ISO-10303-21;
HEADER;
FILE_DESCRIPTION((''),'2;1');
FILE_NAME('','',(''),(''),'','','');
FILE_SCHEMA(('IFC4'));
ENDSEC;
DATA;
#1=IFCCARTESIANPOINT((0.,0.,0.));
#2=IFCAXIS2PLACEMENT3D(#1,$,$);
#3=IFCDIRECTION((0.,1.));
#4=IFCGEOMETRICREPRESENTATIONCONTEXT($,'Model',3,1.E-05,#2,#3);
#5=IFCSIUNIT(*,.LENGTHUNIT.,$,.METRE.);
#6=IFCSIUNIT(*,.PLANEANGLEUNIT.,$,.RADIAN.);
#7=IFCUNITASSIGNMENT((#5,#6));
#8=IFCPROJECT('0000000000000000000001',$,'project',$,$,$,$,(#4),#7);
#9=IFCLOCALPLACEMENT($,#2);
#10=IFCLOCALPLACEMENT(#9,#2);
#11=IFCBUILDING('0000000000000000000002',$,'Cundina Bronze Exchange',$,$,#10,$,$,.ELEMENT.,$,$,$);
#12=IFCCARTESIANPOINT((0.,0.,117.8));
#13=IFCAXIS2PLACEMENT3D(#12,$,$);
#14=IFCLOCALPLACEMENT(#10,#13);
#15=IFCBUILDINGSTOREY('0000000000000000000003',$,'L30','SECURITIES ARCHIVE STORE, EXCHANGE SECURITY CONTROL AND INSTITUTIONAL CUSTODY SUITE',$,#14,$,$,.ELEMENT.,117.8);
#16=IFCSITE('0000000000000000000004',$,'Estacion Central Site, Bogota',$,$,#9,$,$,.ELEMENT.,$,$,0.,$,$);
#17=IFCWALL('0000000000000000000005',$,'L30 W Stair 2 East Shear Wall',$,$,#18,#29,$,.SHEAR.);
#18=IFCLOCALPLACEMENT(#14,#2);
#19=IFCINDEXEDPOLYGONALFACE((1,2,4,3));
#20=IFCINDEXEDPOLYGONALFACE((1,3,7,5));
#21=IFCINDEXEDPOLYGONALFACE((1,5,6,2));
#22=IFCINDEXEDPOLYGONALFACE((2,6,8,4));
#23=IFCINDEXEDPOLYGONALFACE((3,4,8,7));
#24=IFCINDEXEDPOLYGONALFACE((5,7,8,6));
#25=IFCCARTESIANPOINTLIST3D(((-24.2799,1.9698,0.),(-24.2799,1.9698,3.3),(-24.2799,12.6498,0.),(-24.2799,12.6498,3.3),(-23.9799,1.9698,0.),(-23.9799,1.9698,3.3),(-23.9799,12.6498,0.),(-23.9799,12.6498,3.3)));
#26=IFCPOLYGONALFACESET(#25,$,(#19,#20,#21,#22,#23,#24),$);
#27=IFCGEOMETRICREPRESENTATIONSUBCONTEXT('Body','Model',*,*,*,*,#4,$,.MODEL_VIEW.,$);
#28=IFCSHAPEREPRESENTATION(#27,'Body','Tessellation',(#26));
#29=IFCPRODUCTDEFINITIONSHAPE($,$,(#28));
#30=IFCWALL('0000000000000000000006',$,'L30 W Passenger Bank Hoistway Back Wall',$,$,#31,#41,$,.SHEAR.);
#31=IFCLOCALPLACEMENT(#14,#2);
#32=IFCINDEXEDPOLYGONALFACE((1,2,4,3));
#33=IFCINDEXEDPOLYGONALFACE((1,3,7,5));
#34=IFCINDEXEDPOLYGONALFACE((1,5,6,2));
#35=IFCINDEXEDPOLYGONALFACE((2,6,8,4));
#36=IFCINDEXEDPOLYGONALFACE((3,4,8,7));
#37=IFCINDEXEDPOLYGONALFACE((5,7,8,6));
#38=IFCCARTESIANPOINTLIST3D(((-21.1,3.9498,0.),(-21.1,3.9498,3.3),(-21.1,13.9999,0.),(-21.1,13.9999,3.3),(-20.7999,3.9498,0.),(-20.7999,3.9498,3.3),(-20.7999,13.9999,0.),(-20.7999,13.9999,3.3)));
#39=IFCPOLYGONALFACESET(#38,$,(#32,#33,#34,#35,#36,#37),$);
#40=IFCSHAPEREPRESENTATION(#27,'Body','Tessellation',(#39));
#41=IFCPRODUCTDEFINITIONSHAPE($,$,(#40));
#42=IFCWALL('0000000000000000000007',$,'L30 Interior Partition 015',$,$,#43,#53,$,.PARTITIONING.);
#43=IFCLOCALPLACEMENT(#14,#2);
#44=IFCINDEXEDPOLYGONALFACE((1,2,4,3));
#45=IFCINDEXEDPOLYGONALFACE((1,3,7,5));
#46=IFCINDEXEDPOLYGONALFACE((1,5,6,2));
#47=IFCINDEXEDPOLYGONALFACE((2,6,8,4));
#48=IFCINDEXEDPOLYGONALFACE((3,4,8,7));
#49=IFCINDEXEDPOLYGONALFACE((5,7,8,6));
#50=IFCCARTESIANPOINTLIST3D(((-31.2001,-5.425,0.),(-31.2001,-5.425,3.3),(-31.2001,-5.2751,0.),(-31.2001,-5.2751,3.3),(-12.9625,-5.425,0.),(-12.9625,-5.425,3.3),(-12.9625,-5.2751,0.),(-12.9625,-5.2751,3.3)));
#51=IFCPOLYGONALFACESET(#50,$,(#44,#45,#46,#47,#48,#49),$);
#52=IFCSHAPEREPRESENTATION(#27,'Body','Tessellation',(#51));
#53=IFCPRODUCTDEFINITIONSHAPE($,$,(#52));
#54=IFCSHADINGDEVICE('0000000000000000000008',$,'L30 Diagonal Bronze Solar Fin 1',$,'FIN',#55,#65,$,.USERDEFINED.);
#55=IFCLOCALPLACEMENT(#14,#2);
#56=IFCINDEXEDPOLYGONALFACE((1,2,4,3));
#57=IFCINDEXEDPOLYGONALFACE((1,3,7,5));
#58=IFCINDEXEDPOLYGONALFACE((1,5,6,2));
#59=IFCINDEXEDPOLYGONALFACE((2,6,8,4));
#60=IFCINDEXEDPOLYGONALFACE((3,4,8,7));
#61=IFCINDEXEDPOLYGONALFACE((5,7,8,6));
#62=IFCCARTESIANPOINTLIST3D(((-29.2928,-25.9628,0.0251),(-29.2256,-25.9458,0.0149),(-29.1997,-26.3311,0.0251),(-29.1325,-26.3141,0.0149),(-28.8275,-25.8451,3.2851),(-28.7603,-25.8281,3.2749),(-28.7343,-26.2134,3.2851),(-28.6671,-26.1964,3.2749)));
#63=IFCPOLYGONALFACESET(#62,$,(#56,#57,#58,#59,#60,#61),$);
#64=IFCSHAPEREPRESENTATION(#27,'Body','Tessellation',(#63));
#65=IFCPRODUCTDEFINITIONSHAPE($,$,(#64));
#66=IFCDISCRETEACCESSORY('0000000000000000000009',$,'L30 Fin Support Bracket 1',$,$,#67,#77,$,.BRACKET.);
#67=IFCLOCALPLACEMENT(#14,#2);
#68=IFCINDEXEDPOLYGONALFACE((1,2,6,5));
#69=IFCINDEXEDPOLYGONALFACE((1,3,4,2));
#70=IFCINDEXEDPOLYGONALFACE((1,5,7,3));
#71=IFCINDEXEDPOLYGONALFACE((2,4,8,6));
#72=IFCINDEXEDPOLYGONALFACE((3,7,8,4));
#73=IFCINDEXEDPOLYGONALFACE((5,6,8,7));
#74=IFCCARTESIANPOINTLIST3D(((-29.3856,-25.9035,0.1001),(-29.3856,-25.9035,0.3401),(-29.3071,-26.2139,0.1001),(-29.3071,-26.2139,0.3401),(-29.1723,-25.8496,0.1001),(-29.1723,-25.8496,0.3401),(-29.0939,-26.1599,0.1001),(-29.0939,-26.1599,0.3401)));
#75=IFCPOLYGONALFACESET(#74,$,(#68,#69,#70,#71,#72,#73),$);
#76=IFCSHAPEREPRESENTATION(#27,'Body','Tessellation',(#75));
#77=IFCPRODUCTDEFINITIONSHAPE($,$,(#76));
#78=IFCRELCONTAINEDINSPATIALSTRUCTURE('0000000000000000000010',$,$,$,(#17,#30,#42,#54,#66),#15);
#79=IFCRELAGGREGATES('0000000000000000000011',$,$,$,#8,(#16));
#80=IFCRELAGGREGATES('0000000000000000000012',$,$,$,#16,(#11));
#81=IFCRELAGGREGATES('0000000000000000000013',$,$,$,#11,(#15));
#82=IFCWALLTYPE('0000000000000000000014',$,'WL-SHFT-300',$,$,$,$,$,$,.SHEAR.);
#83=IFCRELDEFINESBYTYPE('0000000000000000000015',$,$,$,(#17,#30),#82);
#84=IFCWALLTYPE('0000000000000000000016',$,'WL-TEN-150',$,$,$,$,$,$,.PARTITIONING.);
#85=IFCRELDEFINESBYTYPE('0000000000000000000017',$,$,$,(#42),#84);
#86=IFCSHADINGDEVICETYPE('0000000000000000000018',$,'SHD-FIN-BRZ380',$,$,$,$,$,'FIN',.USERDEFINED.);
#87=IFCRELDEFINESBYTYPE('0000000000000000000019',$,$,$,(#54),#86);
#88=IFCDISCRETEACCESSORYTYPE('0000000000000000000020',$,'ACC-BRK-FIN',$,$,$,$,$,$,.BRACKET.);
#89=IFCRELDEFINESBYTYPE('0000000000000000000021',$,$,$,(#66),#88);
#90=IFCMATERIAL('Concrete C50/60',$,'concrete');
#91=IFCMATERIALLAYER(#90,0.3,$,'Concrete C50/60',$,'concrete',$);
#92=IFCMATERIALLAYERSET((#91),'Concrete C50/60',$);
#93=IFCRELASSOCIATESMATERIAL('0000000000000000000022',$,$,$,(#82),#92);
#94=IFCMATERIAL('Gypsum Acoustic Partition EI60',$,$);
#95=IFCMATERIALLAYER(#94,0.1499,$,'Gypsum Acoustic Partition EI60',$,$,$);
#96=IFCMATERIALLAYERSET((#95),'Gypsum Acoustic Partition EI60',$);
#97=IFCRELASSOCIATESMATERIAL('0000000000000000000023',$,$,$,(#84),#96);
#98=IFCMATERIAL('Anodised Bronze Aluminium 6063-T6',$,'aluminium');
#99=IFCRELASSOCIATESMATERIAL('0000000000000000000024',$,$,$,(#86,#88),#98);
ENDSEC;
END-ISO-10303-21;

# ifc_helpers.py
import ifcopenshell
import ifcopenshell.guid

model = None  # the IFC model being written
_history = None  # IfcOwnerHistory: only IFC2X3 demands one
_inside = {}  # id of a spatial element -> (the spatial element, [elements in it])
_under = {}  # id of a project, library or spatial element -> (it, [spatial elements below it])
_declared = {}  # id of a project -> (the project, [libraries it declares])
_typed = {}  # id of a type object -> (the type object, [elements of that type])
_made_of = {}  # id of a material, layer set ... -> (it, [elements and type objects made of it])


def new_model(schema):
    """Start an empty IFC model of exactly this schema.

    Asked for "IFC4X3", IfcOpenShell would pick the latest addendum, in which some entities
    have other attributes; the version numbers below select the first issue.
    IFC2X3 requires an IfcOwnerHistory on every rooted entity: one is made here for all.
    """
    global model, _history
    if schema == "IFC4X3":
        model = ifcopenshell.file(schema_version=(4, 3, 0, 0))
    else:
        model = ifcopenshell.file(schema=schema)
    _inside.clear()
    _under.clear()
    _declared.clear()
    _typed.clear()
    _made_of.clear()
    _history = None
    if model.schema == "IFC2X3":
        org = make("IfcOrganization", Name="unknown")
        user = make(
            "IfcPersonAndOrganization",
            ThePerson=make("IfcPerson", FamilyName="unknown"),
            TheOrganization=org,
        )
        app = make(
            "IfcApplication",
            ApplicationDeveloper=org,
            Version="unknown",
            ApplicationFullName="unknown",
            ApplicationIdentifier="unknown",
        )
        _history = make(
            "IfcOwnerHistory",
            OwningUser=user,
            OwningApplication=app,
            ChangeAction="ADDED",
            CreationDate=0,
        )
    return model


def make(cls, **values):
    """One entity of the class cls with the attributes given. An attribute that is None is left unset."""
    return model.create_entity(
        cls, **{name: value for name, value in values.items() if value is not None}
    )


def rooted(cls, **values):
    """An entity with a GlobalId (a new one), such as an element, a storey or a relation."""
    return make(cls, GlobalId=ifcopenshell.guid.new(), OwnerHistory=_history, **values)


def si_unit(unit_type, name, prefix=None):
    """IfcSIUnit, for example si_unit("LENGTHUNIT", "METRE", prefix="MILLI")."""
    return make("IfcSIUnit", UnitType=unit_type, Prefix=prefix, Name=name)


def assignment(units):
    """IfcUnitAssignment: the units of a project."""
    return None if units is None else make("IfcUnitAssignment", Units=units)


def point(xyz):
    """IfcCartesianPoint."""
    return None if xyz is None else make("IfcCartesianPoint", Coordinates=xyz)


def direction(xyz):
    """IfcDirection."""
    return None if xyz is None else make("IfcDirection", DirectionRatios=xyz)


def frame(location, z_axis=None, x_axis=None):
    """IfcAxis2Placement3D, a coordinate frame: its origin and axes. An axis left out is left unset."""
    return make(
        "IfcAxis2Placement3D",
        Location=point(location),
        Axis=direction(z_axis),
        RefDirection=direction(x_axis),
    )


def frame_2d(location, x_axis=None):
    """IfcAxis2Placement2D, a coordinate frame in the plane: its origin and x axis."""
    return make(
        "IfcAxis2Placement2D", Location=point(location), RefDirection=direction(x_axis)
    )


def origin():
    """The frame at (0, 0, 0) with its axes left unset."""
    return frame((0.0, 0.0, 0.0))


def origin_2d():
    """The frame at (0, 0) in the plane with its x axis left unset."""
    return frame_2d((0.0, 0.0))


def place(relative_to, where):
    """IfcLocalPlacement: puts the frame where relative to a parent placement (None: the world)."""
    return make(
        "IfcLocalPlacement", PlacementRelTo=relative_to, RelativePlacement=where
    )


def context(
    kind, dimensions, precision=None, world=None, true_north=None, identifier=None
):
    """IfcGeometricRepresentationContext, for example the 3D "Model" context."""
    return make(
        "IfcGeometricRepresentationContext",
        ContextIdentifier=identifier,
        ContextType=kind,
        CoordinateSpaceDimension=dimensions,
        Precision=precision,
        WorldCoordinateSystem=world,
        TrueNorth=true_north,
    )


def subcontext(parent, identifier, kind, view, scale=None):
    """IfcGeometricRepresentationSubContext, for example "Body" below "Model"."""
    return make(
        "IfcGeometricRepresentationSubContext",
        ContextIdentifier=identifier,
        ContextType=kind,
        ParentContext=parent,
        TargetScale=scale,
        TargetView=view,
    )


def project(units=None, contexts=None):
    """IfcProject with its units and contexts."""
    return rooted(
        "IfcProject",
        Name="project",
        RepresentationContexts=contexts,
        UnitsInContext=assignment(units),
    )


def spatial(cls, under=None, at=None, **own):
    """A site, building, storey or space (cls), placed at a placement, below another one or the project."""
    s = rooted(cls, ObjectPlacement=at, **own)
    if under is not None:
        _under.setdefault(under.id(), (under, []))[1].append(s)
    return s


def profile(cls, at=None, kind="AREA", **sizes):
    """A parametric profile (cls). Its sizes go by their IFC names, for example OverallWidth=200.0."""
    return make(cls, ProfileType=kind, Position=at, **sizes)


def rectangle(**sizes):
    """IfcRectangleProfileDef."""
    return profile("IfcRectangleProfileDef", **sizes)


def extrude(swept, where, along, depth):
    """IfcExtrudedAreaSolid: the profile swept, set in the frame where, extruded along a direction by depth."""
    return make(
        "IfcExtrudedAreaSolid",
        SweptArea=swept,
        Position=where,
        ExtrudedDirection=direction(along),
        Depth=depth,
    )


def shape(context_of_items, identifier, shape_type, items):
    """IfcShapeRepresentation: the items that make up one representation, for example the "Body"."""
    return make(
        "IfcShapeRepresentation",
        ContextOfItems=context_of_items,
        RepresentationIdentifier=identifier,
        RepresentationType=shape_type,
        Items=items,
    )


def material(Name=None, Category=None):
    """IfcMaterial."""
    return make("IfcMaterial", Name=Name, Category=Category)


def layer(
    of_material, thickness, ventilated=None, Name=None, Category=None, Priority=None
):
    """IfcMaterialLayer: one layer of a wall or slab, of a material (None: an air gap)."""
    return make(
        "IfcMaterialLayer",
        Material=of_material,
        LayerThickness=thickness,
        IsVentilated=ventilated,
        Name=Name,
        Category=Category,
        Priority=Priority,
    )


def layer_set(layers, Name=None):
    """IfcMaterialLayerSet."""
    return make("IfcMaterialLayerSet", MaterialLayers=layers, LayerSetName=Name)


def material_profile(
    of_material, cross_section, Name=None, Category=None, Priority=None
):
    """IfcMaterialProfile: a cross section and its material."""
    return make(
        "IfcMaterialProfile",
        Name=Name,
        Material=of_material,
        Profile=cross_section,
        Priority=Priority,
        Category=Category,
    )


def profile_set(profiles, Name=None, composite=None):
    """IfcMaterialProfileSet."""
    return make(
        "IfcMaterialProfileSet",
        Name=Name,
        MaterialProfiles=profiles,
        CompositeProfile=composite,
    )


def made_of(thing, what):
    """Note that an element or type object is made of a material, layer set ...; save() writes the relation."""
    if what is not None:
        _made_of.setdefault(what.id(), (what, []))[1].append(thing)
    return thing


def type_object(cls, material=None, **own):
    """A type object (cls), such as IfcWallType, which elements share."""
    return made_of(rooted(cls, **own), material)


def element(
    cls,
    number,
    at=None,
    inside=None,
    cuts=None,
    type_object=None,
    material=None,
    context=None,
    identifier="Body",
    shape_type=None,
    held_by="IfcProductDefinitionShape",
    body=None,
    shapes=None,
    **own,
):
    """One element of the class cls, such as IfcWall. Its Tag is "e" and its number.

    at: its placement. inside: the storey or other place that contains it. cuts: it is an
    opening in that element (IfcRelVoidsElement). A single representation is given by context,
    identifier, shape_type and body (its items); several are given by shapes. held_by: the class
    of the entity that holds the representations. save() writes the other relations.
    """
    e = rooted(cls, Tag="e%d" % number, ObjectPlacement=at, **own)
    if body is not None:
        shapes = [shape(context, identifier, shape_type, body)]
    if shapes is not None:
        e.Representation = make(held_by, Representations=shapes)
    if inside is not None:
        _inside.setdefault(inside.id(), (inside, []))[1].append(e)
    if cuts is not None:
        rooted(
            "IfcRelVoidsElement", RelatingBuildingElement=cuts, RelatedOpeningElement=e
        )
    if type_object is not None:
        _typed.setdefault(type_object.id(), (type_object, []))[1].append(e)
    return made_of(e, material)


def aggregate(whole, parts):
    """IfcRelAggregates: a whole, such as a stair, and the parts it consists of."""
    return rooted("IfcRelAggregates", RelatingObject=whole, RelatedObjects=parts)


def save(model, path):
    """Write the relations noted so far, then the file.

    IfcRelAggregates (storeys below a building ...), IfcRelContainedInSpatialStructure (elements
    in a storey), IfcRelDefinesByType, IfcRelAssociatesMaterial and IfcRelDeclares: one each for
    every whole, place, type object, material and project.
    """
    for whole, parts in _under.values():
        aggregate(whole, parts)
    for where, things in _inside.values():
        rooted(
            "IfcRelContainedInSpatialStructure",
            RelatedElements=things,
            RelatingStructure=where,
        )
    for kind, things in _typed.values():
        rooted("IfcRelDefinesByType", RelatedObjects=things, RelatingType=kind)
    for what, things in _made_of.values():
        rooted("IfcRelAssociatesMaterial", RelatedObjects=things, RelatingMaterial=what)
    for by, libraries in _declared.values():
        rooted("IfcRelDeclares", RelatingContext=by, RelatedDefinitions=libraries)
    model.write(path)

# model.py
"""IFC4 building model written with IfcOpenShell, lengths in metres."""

from ifc_helpers import new_model, si_unit, direction, frame, frame_2d, origin, origin_2d, place, context, subcontext, project, spatial, rectangle, extrude, material, layer, layer_set, material_profile, profile_set, type_object, element, save


model = new_model("IFC4")

# Units and contexts
model_context = context("Model", 3, precision=1e-05, world=origin(), true_north=direction((0.0, 1.0)))
body_context = subcontext(model_context, "Body", "Model", "MODEL_VIEW")
ifc_project = project(units=[si_unit("LENGTHUNIT", "METRE"), si_unit("PLANEANGLEUNIT", "RADIAN")], contexts=[model_context])

# Site, building, storey
site_placement = place(None, origin())
site = spatial("IfcSite", under=ifc_project, at=site_placement, Name="Estacion Central Site, Bogota", CompositionType="ELEMENT", RefElevation=0.0)
building_placement = place(site_placement, origin())
building = spatial("IfcBuilding", under=site, at=building_placement, Name="Cundina Bronze Exchange", CompositionType="ELEMENT")
storey_placement = place(building_placement, frame((0.0, 0.0, 117.8)))
storey = spatial("IfcBuildingStorey", under=building, at=storey_placement, Name="L30", Description="SECURITIES ARCHIVE STORE, EXCHANGE SECURITY CONTROL AND INSTITUTIONAL CUSTODY SUITE", CompositionType="ELEMENT", Elevation=117.8)

# Shared definitions
ifc_material_1 = material(Name="Anodised Bronze Aluminium 6063-T6", Category="aluminium")

# Walls
ifc_material_2 = material(Name="Concrete C50/60", Category="concrete")
ifc_layer_1 = layer(ifc_material_2, 0.3, Name="Concrete C50/60", Category="concrete")
ifc_layer_set_1 = layer_set([ifc_layer_1], Name="Concrete C50/60")
wall_type_1 = type_object("IfcWallType", Name="WL-SHFT-300", PredefinedType="SHEAR", material=ifc_layer_set_1)
for number, where, z_axis, x_axis, name in (
    (1, (-24.1299, 1.97, 0.0), (0.0, 0.0, 1.0), (0.0, 1.0, 0.0), "L30 W Stair 2 East Shear Wall"),
):
    element("IfcWall", number, at=place(storey_placement, frame(where, z_axis=z_axis, x_axis=x_axis)), inside=storey, type_object=wall_type_1, Name=name, PredefinedType="SHEAR", context=body_context, shape_type="SweptSolid", body=[
        extrude(rectangle(XDim=10.6799, YDim=0.3, at=frame_2d((5.3398, 0.0))), origin(), (0.0, 0.0, 1.0), 3.3),
    ])
wall_1_placement = place(storey_placement, frame((-20.95, 3.95, 0.0), z_axis=(0.0, 0.0, 1.0), x_axis=(0.0, 1.0, 0.0)))
element("IfcWall", 2, at=wall_1_placement, inside=storey, type_object=wall_type_1, Name="L30 W Passenger Bank Hoistway Back Wall", PredefinedType="SHEAR", context=body_context, shape_type="SweptSolid", body=[
    extrude(rectangle(XDim=10.05, YDim=0.3, at=frame_2d((5.0249, 0.0))), origin(), (0.0, 0.0, 1.0), 3.3),
])
ifc_material_3 = material(Name="Gypsum Acoustic Partition EI60")
ifc_layer_2 = layer(ifc_material_3, 0.1499, Name="Gypsum Acoustic Partition EI60")
ifc_layer_set_2 = layer_set([ifc_layer_2], Name="Gypsum Acoustic Partition EI60")
wall_type_2 = type_object("IfcWallType", Name="WL-TEN-150", PredefinedType="PARTITIONING", material=ifc_layer_set_2)
wall_2_placement = place(storey_placement, frame((-31.2, -5.3501, 0.0), z_axis=(0.0, 0.0, 1.0), x_axis=(1.0, 0.0, 0.0)))
element("IfcWall", 3, at=wall_2_placement, inside=storey, type_object=wall_type_2, Name="L30 Interior Partition 015", PredefinedType="PARTITIONING", context=body_context, shape_type="SweptSolid", body=[
    extrude(rectangle(XDim=18.2375, YDim=0.1499, at=frame_2d((9.1187, 0.0))), origin(), (0.0, 0.0, 1.0), 3.3),
])

# Shading device
ifc_material_profile_1 = material_profile(ifc_material_1, rectangle(XDim=0.0701, YDim=0.3799, at=origin_2d()), Name="FIN70X380", Category="aluminium")
ifc_profile_set_1 = profile_set([ifc_material_profile_1], Name="Anodised Bronze Aluminium 6063-T6")
shading_device_type = type_object("IfcShadingDeviceType", Name="SHD-FIN-BRZ380", ElementType="FIN", PredefinedType="USERDEFINED", material=ifc_profile_set_1)
shading_device_placement = place(storey_placement, frame((-29.2126, -26.1384, 0.02), z_axis=(0.141217, 0.035712, 0.989334), x_axis=(-0.959141, -0.242553, 0.145663)))
element("IfcShadingDevice", 4, at=shading_device_placement, inside=storey, type_object=shading_device_type, Name="L30 Diagonal Bronze Solar Fin 1", ObjectType="FIN", PredefinedType="USERDEFINED", context=body_context, shape_type="SweptSolid", body=[
    extrude(rectangle(XDim=0.0701, YDim=0.3799, at=origin_2d()), origin(), (0.0, 0.0, 1.0), 3.2952),
])

# Discrete accessory
discrete_accessory_type = type_object("IfcDiscreteAccessoryType", Name="ACC-BRK-FIN", PredefinedType="BRACKET", material=ifc_material_1)
discrete_accessory_placement = place(storey_placement, frame((-29.2397, -26.0317, 0.1001), z_axis=(0.0, 0.0, 1.0), x_axis=(0.969488, 0.245138, 0.0)))
element("IfcDiscreteAccessory", 5, at=discrete_accessory_placement, inside=storey, type_object=discrete_accessory_type, Name="L30 Fin Support Bracket 1", PredefinedType="BRACKET", context=body_context, shape_type="SweptSolid", body=[
    extrude(rectangle(XDim=0.22, YDim=0.3201, at=origin_2d()), origin(), (0.0, 0.0, 1.0), 0.24),
])

save(model, "model.ifc")
